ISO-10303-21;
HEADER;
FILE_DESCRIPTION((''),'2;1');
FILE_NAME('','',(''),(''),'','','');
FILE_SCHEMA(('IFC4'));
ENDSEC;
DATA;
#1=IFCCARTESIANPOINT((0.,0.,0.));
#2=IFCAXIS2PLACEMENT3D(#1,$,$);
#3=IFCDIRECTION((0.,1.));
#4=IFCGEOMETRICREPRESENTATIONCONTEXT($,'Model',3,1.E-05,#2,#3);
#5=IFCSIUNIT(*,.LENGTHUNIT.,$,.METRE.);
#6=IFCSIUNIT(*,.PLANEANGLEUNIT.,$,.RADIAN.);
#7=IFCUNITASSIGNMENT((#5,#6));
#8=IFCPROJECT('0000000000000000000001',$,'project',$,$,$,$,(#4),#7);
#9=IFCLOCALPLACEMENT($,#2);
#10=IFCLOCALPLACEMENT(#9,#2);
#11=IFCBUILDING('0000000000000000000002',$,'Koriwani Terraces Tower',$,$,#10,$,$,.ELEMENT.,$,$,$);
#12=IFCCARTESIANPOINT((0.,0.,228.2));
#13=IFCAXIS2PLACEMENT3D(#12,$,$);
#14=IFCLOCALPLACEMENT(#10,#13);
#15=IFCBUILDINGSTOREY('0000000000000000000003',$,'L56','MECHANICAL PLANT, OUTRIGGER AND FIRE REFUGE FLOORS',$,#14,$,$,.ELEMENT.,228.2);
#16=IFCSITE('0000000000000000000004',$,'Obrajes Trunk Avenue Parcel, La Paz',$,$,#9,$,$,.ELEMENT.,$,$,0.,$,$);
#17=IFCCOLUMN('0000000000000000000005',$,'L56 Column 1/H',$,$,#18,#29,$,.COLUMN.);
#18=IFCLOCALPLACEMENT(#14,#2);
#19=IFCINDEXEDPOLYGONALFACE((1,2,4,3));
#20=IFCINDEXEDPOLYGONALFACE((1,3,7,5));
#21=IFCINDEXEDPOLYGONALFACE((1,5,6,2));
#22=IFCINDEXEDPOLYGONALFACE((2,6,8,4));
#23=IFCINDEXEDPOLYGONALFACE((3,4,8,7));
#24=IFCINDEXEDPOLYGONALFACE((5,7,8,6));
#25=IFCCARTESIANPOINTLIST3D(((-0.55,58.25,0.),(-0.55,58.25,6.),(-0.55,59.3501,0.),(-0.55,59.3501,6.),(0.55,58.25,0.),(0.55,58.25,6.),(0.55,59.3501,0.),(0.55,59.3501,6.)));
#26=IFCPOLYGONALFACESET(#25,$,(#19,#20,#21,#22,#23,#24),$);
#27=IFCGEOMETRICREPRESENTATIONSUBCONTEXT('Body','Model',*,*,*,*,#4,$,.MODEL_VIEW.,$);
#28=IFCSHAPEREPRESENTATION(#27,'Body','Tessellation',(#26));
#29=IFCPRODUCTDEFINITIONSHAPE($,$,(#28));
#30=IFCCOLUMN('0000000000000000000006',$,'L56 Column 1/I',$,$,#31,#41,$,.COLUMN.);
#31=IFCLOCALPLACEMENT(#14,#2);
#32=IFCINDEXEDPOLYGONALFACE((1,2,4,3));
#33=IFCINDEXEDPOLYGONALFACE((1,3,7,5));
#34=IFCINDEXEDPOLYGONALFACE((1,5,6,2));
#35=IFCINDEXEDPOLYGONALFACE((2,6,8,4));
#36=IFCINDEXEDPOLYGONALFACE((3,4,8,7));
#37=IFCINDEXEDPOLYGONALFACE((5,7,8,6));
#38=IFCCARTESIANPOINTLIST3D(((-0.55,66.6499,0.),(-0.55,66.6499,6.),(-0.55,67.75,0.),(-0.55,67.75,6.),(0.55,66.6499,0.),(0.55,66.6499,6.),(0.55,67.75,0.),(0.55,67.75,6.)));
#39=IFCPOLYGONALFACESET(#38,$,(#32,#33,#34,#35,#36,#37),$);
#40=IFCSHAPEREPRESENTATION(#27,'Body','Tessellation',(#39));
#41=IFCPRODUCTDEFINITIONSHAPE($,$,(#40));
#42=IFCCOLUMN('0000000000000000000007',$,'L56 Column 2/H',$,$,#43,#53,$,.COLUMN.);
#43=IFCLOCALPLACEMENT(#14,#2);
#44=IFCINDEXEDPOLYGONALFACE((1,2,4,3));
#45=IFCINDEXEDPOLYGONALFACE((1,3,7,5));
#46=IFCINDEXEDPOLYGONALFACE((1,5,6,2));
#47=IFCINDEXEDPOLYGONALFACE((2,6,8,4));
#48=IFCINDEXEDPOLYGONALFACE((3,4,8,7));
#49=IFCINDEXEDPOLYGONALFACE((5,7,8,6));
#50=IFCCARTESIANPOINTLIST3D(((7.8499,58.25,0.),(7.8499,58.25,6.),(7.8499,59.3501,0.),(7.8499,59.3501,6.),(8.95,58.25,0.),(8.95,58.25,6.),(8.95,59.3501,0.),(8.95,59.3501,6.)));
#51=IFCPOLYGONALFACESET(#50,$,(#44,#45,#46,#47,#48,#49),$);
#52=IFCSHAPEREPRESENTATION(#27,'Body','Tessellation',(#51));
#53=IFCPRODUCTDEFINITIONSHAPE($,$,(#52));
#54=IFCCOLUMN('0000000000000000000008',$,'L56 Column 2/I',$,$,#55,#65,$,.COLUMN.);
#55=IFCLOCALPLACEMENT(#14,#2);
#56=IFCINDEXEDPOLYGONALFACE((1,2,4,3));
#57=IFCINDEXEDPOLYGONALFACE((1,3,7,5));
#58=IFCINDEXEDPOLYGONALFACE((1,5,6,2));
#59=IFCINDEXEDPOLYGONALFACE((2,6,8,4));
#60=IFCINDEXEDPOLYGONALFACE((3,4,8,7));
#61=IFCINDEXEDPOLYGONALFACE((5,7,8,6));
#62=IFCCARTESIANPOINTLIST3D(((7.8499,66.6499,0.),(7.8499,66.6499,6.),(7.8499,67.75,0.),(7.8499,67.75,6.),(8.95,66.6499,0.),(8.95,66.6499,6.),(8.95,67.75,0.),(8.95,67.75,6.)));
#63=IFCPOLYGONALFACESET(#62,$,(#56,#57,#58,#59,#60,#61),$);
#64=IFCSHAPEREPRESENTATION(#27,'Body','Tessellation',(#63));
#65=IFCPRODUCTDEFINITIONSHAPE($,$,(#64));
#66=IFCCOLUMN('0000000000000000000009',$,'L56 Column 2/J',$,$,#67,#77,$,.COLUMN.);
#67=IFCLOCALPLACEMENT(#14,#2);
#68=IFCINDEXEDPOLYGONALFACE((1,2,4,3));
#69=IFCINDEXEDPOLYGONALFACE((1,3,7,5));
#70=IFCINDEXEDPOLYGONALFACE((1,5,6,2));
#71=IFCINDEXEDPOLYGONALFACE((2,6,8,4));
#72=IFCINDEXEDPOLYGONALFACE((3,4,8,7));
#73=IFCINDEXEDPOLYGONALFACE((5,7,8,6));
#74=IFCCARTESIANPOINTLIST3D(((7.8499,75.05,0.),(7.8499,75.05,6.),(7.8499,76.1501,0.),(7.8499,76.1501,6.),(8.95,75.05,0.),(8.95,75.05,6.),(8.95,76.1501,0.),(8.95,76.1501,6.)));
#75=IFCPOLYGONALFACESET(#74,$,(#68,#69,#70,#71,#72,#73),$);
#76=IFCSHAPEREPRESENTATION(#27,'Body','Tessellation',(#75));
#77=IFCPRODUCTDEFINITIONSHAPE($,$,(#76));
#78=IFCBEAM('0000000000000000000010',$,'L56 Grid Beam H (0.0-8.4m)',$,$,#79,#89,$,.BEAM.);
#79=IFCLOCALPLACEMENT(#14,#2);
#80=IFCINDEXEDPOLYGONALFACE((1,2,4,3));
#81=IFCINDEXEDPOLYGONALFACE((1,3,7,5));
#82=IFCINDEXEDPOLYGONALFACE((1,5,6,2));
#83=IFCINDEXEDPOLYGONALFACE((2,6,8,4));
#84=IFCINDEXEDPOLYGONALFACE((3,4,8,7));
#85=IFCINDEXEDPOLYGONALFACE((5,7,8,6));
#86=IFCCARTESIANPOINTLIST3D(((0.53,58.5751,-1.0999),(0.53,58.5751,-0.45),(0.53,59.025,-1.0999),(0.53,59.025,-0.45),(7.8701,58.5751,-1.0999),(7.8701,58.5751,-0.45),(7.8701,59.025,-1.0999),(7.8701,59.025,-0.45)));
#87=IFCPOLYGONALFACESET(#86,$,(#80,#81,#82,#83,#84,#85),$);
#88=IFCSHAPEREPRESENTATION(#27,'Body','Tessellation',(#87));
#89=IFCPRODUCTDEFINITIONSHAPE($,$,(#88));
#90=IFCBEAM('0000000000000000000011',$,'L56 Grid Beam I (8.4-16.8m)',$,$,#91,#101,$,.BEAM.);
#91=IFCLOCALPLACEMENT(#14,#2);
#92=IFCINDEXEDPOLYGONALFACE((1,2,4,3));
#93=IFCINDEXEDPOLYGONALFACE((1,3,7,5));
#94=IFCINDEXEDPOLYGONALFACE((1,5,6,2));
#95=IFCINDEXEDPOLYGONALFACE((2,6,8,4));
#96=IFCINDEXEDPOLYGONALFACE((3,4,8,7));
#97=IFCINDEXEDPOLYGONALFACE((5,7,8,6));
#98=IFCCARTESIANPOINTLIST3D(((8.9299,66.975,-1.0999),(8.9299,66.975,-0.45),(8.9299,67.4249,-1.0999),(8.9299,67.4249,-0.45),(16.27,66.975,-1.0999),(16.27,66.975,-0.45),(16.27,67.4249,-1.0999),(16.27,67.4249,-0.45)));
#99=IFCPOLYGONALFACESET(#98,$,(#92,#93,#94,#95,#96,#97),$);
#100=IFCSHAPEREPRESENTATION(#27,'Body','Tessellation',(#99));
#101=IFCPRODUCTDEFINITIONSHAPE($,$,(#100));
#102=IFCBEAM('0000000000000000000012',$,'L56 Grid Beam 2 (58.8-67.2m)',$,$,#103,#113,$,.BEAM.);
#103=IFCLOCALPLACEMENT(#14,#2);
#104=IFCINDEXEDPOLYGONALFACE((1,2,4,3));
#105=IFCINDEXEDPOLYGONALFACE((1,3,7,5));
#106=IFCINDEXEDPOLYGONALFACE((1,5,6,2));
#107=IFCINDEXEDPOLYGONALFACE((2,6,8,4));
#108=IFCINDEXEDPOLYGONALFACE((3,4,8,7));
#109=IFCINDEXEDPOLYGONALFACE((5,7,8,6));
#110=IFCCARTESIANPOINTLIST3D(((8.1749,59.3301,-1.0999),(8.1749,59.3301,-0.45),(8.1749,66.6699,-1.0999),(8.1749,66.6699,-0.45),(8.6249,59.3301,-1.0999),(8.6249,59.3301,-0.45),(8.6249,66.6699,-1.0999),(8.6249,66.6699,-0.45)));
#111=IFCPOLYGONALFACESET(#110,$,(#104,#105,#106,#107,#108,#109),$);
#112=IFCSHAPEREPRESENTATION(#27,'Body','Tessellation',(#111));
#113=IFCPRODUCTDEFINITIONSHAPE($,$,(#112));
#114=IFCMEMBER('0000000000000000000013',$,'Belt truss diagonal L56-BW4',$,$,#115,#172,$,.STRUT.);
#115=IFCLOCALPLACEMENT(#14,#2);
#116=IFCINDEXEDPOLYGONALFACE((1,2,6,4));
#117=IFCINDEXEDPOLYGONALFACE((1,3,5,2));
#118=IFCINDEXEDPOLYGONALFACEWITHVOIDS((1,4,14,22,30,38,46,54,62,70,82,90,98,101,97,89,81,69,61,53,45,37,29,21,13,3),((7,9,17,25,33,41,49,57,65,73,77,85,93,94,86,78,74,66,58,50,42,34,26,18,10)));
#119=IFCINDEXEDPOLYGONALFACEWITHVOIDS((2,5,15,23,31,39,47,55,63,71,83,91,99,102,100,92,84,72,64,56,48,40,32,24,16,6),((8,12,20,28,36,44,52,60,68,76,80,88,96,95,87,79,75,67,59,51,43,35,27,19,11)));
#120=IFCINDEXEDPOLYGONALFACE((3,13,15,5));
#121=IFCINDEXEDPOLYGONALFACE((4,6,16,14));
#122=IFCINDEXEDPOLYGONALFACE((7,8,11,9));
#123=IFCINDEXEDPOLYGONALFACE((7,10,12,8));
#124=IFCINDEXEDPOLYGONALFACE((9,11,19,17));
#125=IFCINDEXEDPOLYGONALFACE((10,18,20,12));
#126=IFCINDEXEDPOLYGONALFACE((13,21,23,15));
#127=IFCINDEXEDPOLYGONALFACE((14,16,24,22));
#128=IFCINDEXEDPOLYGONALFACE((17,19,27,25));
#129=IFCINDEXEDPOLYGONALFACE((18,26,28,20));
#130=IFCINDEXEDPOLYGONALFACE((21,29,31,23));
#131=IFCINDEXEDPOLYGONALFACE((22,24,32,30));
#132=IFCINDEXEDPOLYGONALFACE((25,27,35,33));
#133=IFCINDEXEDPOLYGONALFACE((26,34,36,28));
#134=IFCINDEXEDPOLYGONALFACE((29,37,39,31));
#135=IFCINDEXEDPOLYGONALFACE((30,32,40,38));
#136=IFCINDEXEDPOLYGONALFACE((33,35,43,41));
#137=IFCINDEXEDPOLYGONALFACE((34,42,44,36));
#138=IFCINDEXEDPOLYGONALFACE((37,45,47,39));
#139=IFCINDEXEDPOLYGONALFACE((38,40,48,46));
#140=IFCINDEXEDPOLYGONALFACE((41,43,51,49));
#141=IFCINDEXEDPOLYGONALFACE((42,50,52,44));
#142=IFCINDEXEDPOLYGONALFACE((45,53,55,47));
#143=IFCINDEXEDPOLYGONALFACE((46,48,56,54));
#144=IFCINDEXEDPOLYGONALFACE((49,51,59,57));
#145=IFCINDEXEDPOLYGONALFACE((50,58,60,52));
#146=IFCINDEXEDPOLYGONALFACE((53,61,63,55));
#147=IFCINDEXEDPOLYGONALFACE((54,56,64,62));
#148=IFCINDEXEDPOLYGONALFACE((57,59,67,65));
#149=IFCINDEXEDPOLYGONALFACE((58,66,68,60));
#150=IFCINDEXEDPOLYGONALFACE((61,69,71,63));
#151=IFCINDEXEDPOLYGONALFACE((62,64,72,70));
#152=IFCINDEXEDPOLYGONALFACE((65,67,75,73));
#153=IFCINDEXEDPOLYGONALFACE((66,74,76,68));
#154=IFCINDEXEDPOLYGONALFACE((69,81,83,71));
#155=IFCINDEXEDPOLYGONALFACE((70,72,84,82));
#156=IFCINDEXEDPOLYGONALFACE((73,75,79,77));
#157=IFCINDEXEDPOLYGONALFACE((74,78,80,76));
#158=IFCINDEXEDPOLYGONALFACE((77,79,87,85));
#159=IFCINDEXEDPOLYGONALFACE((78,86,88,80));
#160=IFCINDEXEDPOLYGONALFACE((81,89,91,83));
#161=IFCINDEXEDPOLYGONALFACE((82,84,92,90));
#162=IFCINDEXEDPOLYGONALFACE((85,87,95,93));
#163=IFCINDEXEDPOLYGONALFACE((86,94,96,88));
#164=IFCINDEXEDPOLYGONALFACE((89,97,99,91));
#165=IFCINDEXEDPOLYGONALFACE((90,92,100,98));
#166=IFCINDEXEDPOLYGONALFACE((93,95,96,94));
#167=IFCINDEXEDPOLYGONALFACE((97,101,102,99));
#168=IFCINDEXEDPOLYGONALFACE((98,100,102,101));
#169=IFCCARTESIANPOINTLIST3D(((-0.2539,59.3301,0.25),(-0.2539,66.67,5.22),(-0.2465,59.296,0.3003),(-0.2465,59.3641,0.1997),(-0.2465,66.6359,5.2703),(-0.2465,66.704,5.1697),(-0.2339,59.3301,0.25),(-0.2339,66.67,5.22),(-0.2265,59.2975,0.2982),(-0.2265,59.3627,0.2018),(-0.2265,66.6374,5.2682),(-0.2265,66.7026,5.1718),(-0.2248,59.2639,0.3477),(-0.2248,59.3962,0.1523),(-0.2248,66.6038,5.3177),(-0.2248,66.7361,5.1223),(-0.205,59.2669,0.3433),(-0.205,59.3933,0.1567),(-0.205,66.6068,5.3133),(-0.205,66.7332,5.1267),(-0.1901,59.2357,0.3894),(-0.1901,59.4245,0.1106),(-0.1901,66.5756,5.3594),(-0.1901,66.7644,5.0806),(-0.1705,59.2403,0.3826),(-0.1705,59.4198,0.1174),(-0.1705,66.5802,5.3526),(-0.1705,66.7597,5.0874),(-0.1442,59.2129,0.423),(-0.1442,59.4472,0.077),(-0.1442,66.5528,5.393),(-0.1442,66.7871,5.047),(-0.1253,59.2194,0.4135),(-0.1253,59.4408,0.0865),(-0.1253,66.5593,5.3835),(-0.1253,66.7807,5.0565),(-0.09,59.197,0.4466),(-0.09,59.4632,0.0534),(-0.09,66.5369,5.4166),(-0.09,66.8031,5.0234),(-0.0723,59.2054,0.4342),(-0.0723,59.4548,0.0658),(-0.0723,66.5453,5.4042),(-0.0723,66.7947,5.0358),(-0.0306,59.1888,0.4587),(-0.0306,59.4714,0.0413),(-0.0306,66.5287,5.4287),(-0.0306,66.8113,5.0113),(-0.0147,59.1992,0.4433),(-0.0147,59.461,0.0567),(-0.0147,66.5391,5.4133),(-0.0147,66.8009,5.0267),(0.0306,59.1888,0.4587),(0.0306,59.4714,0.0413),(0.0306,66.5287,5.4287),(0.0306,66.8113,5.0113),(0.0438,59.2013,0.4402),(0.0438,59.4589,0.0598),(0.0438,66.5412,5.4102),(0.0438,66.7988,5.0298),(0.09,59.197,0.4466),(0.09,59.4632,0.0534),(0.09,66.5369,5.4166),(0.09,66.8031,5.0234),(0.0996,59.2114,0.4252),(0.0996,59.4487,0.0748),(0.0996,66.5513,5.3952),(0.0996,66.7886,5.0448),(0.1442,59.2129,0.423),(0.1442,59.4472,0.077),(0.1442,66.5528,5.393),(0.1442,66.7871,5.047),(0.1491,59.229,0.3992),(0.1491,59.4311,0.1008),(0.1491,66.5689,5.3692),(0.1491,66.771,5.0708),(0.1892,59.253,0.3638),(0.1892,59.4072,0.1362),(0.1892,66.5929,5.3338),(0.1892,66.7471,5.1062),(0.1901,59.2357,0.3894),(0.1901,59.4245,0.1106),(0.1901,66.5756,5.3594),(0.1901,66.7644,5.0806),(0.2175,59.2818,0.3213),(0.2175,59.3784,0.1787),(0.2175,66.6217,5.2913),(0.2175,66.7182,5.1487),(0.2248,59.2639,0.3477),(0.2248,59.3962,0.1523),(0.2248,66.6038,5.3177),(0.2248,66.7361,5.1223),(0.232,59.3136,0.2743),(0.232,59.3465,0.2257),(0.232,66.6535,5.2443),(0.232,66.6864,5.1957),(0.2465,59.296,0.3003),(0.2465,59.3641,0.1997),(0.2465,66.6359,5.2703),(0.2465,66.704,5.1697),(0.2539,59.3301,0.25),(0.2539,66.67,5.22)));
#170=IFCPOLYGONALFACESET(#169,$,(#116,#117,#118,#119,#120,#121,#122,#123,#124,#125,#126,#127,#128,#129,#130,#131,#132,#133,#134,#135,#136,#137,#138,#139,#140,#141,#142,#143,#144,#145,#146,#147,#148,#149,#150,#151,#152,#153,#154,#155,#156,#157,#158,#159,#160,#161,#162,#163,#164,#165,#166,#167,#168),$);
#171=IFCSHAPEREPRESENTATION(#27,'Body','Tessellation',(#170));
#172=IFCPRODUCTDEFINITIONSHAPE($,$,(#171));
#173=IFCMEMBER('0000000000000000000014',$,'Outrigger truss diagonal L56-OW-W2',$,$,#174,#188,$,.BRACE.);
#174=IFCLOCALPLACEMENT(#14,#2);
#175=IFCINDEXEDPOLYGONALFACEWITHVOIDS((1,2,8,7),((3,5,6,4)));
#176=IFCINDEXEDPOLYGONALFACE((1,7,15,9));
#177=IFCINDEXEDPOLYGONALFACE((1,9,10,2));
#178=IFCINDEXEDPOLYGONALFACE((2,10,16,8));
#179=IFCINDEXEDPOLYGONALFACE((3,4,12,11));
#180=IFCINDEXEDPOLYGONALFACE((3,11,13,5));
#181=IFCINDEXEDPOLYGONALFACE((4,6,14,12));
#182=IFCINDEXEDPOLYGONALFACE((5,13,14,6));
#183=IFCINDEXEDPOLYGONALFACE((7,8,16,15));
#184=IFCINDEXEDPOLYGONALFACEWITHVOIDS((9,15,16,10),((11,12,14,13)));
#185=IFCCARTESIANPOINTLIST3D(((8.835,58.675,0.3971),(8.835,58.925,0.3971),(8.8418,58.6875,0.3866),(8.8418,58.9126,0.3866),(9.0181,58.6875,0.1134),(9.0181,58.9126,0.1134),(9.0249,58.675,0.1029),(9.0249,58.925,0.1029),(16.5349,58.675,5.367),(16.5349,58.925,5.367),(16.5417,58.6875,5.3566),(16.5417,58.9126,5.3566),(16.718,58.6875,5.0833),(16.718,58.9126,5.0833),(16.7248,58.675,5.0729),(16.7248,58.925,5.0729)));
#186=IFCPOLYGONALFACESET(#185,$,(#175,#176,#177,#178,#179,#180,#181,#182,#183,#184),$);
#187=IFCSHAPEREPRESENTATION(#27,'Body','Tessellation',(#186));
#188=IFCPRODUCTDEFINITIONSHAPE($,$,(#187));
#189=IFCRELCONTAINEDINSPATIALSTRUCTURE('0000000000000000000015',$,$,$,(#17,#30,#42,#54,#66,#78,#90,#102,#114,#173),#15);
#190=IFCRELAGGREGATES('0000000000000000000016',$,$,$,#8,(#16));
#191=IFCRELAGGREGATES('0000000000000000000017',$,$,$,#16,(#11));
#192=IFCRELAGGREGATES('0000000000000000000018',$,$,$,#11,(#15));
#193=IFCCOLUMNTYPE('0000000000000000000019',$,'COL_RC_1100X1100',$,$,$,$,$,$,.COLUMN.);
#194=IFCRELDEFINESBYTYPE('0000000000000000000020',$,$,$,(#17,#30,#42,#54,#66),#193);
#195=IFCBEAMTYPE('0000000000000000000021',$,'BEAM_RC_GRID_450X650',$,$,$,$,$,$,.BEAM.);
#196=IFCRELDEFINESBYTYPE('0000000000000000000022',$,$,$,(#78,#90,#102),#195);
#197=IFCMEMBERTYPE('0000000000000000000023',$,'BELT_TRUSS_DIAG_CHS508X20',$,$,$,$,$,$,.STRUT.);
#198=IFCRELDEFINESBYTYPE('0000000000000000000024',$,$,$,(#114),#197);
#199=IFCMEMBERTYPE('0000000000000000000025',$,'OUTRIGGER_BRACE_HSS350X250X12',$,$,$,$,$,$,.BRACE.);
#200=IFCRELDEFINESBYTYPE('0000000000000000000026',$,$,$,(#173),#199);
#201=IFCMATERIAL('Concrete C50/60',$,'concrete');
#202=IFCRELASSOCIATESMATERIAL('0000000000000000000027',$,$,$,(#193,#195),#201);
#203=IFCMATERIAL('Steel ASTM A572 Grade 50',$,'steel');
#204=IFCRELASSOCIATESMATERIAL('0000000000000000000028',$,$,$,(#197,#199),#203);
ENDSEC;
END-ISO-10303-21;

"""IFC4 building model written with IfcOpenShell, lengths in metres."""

from ifc_helpers import new_model, si_unit, direction, frame, origin, origin_2d, place, context, subcontext, project, spatial, rectangle, hollow_rectangle, hollow_circle, extrude, material, material_profile, profile_set, type_object, element, save


model = new_model("IFC4")

# Units and contexts
model_context = context("Model", 3, precision=1e-05, world=origin(), true_north=direction((0.0, 1.0)))
body_context = subcontext(model_context, "Body", "Model", "MODEL_VIEW")
ifc_project = project(units=[si_unit("LENGTHUNIT", "METRE"), si_unit("PLANEANGLEUNIT", "RADIAN")], contexts=[model_context])

# Site, building, storey
site_placement = place(None, origin())
site = spatial("IfcSite", under=ifc_project, at=site_placement, Name="Obrajes Trunk Avenue Parcel, La Paz", CompositionType="ELEMENT", RefElevation=0.0)
building_placement = place(site_placement, origin())
building = spatial("IfcBuilding", under=site, at=building_placement, Name="Koriwani Terraces Tower", CompositionType="ELEMENT")
storey_placement = place(building_placement, frame((0.0, 0.0, 228.2)))
storey = spatial("IfcBuildingStorey", under=building, at=storey_placement, Name="L56", Description="MECHANICAL PLANT, OUTRIGGER AND FIRE REFUGE FLOORS", CompositionType="ELEMENT", Elevation=228.2)

# Columns
ifc_material_1 = material(Name="Concrete C50/60", Category="concrete")
ifc_material_profile_1 = material_profile(ifc_material_1, rectangle(XDim=1.1001, YDim=1.1001, at=origin_2d()), Name="Concrete C50/60", Category="LoadBearing")
ifc_profile_set_1 = profile_set([ifc_material_profile_1], Name="Concrete C50/60")
column_type = type_object("IfcColumnType", Name="COL_RC_1100X1100", PredefinedType="COLUMN", material=ifc_profile_set_1)
for number, where, z_axis, x_axis, name in (
    (1, (0.0, 58.8, 0.0), (0.0, 0.0, 1.0), (1.0, 0.0, 0.0), "L56 Column 1/H"),
    (2, (0.0, 67.2, 0.0), (0.0, 0.0, 1.0), (1.0, 0.0, 0.0), "L56 Column 1/I"),
    (3, (8.3999, 58.8, 0.0), (0.0, 0.0, 1.0), (1.0, 0.0, 0.0), "L56 Column 2/H"),
    (4, (8.3999, 67.2, 0.0), (0.0, 0.0, 1.0), (1.0, 0.0, 0.0), "L56 Column 2/I"),
    (5, (8.3999, 75.6001, 0.0), (0.0, 0.0, 1.0), (1.0, 0.0, 0.0), "L56 Column 2/J"),
):
    element("IfcColumn", number, at=place(storey_placement, frame(where, z_axis=z_axis, x_axis=x_axis)), inside=storey, type_object=column_type, Name=name, PredefinedType="COLUMN", context=body_context, shape_type="SweptSolid", body=[
        extrude(rectangle(XDim=1.1001, YDim=1.1001, at=origin_2d()), origin(), (0.0, 0.0, 1.0), 6.0),
    ])

# Beams
ifc_material_profile_2 = material_profile(ifc_material_1, rectangle(XDim=0.45, YDim=0.6499, at=origin_2d()), Name="Concrete C50/60", Category="LoadBearing")
ifc_profile_set_2 = profile_set([ifc_material_profile_2], Name="Concrete C50/60")
beam_type_1 = type_object("IfcBeamType", Name="BEAM_RC_GRID_450X650", PredefinedType="BEAM", material=ifc_profile_set_2)
for number, where, z_axis, x_axis, name in (
    (6, (0.53, 58.8, -0.7749), (1.0, 0.0, 0.0), (0.0, 1.0, 0.0), "L56 Grid Beam H (0.0-8.4m)"),
    (7, (8.9299, 67.2, -0.7749), (1.0, 0.0, 0.0), (0.0, 1.0, 0.0), "L56 Grid Beam I (8.4-16.8m)"),
):
    element("IfcBeam", number, at=place(storey_placement, frame(where, z_axis=z_axis, x_axis=x_axis)), inside=storey, type_object=beam_type_1, Name=name, PredefinedType="BEAM", context=body_context, shape_type="SweptSolid", body=[
        extrude(rectangle(XDim=0.45, YDim=0.6499, at=origin_2d()), origin(), (0.0, 0.0, 1.0), 7.3401),
    ])
beam_1_placement = place(storey_placement, frame((8.3999, 59.3301, -0.7749), z_axis=(0.0, 1.0, 0.0), x_axis=(-1.0, 0.0, 0.0)))
element("IfcBeam", 8, at=beam_1_placement, inside=storey, type_object=beam_type_1, Name="L56 Grid Beam 2 (58.8-67.2m)", PredefinedType="BEAM", context=body_context, shape_type="SweptSolid", body=[
    extrude(rectangle(XDim=0.45, YDim=0.6499, at=origin_2d()), origin(), (0.0, 0.0, 1.0), 7.3398),
])

# Members
ifc_material_2 = material(Name="Steel ASTM A572 Grade 50", Category="steel")
ifc_material_profile_3 = material_profile(ifc_material_2, hollow_circle(Radius=0.2539, WallThickness=0.02, at=origin_2d()), Name="Steel ASTM A572 Grade 50", Category="LoadBearing")
ifc_profile_set_3 = profile_set([ifc_material_profile_3], Name="Steel ASTM A572 Grade 50")
member_type_1 = type_object("IfcMemberType", Name="BELT_TRUSS_DIAG_CHS508X20", PredefinedType="STRUT", material=ifc_profile_set_3)
member_1_placement = place(storey_placement, frame((0.0, 59.3301, 0.25), z_axis=(0.0, 0.828033, 0.560679), x_axis=(-1.0, 0.0, 0.0)))
element("IfcMember", 9, at=member_1_placement, inside=storey, type_object=member_type_1, Name="Belt truss diagonal L56-BW4", PredefinedType="STRUT", context=body_context, shape_type="SweptSolid", body=[
    extrude(hollow_circle(Radius=0.2539, WallThickness=0.02, at=origin_2d()), origin(), (0.0, 0.0, 1.0), 8.8643),
])
ifc_material_profile_4 = material_profile(ifc_material_2, hollow_rectangle(XDim=0.25, YDim=0.3501, WallThickness=0.0125, at=origin_2d()), Name="Steel ASTM A572 Grade 50", Category="LoadBearing")
ifc_profile_set_4 = profile_set([ifc_material_profile_4], Name="Steel ASTM A572 Grade 50")
member_type_2 = type_object("IfcMemberType", Name="OUTRIGGER_BRACE_HSS350X250X12", PredefinedType="BRACE", material=ifc_profile_set_4)
member_2_placement = place(storey_placement, frame((8.9299, 58.8, 0.25), z_axis=(0.840184, 0.0, 0.542301), x_axis=(0.0, 1.0, 0.0)))
element("IfcMember", 10, at=member_2_placement, inside=storey, type_object=member_type_2, Name="Outrigger truss diagonal L56-OW-W2", PredefinedType="BRACE", context=body_context, shape_type="SweptSolid", body=[
    extrude(hollow_rectangle(XDim=0.25, YDim=0.3501, WallThickness=0.0125, at=origin_2d()), origin(), (0.0, 0.0, 1.0), 9.1646),
])

save(model, "model.ifc")
